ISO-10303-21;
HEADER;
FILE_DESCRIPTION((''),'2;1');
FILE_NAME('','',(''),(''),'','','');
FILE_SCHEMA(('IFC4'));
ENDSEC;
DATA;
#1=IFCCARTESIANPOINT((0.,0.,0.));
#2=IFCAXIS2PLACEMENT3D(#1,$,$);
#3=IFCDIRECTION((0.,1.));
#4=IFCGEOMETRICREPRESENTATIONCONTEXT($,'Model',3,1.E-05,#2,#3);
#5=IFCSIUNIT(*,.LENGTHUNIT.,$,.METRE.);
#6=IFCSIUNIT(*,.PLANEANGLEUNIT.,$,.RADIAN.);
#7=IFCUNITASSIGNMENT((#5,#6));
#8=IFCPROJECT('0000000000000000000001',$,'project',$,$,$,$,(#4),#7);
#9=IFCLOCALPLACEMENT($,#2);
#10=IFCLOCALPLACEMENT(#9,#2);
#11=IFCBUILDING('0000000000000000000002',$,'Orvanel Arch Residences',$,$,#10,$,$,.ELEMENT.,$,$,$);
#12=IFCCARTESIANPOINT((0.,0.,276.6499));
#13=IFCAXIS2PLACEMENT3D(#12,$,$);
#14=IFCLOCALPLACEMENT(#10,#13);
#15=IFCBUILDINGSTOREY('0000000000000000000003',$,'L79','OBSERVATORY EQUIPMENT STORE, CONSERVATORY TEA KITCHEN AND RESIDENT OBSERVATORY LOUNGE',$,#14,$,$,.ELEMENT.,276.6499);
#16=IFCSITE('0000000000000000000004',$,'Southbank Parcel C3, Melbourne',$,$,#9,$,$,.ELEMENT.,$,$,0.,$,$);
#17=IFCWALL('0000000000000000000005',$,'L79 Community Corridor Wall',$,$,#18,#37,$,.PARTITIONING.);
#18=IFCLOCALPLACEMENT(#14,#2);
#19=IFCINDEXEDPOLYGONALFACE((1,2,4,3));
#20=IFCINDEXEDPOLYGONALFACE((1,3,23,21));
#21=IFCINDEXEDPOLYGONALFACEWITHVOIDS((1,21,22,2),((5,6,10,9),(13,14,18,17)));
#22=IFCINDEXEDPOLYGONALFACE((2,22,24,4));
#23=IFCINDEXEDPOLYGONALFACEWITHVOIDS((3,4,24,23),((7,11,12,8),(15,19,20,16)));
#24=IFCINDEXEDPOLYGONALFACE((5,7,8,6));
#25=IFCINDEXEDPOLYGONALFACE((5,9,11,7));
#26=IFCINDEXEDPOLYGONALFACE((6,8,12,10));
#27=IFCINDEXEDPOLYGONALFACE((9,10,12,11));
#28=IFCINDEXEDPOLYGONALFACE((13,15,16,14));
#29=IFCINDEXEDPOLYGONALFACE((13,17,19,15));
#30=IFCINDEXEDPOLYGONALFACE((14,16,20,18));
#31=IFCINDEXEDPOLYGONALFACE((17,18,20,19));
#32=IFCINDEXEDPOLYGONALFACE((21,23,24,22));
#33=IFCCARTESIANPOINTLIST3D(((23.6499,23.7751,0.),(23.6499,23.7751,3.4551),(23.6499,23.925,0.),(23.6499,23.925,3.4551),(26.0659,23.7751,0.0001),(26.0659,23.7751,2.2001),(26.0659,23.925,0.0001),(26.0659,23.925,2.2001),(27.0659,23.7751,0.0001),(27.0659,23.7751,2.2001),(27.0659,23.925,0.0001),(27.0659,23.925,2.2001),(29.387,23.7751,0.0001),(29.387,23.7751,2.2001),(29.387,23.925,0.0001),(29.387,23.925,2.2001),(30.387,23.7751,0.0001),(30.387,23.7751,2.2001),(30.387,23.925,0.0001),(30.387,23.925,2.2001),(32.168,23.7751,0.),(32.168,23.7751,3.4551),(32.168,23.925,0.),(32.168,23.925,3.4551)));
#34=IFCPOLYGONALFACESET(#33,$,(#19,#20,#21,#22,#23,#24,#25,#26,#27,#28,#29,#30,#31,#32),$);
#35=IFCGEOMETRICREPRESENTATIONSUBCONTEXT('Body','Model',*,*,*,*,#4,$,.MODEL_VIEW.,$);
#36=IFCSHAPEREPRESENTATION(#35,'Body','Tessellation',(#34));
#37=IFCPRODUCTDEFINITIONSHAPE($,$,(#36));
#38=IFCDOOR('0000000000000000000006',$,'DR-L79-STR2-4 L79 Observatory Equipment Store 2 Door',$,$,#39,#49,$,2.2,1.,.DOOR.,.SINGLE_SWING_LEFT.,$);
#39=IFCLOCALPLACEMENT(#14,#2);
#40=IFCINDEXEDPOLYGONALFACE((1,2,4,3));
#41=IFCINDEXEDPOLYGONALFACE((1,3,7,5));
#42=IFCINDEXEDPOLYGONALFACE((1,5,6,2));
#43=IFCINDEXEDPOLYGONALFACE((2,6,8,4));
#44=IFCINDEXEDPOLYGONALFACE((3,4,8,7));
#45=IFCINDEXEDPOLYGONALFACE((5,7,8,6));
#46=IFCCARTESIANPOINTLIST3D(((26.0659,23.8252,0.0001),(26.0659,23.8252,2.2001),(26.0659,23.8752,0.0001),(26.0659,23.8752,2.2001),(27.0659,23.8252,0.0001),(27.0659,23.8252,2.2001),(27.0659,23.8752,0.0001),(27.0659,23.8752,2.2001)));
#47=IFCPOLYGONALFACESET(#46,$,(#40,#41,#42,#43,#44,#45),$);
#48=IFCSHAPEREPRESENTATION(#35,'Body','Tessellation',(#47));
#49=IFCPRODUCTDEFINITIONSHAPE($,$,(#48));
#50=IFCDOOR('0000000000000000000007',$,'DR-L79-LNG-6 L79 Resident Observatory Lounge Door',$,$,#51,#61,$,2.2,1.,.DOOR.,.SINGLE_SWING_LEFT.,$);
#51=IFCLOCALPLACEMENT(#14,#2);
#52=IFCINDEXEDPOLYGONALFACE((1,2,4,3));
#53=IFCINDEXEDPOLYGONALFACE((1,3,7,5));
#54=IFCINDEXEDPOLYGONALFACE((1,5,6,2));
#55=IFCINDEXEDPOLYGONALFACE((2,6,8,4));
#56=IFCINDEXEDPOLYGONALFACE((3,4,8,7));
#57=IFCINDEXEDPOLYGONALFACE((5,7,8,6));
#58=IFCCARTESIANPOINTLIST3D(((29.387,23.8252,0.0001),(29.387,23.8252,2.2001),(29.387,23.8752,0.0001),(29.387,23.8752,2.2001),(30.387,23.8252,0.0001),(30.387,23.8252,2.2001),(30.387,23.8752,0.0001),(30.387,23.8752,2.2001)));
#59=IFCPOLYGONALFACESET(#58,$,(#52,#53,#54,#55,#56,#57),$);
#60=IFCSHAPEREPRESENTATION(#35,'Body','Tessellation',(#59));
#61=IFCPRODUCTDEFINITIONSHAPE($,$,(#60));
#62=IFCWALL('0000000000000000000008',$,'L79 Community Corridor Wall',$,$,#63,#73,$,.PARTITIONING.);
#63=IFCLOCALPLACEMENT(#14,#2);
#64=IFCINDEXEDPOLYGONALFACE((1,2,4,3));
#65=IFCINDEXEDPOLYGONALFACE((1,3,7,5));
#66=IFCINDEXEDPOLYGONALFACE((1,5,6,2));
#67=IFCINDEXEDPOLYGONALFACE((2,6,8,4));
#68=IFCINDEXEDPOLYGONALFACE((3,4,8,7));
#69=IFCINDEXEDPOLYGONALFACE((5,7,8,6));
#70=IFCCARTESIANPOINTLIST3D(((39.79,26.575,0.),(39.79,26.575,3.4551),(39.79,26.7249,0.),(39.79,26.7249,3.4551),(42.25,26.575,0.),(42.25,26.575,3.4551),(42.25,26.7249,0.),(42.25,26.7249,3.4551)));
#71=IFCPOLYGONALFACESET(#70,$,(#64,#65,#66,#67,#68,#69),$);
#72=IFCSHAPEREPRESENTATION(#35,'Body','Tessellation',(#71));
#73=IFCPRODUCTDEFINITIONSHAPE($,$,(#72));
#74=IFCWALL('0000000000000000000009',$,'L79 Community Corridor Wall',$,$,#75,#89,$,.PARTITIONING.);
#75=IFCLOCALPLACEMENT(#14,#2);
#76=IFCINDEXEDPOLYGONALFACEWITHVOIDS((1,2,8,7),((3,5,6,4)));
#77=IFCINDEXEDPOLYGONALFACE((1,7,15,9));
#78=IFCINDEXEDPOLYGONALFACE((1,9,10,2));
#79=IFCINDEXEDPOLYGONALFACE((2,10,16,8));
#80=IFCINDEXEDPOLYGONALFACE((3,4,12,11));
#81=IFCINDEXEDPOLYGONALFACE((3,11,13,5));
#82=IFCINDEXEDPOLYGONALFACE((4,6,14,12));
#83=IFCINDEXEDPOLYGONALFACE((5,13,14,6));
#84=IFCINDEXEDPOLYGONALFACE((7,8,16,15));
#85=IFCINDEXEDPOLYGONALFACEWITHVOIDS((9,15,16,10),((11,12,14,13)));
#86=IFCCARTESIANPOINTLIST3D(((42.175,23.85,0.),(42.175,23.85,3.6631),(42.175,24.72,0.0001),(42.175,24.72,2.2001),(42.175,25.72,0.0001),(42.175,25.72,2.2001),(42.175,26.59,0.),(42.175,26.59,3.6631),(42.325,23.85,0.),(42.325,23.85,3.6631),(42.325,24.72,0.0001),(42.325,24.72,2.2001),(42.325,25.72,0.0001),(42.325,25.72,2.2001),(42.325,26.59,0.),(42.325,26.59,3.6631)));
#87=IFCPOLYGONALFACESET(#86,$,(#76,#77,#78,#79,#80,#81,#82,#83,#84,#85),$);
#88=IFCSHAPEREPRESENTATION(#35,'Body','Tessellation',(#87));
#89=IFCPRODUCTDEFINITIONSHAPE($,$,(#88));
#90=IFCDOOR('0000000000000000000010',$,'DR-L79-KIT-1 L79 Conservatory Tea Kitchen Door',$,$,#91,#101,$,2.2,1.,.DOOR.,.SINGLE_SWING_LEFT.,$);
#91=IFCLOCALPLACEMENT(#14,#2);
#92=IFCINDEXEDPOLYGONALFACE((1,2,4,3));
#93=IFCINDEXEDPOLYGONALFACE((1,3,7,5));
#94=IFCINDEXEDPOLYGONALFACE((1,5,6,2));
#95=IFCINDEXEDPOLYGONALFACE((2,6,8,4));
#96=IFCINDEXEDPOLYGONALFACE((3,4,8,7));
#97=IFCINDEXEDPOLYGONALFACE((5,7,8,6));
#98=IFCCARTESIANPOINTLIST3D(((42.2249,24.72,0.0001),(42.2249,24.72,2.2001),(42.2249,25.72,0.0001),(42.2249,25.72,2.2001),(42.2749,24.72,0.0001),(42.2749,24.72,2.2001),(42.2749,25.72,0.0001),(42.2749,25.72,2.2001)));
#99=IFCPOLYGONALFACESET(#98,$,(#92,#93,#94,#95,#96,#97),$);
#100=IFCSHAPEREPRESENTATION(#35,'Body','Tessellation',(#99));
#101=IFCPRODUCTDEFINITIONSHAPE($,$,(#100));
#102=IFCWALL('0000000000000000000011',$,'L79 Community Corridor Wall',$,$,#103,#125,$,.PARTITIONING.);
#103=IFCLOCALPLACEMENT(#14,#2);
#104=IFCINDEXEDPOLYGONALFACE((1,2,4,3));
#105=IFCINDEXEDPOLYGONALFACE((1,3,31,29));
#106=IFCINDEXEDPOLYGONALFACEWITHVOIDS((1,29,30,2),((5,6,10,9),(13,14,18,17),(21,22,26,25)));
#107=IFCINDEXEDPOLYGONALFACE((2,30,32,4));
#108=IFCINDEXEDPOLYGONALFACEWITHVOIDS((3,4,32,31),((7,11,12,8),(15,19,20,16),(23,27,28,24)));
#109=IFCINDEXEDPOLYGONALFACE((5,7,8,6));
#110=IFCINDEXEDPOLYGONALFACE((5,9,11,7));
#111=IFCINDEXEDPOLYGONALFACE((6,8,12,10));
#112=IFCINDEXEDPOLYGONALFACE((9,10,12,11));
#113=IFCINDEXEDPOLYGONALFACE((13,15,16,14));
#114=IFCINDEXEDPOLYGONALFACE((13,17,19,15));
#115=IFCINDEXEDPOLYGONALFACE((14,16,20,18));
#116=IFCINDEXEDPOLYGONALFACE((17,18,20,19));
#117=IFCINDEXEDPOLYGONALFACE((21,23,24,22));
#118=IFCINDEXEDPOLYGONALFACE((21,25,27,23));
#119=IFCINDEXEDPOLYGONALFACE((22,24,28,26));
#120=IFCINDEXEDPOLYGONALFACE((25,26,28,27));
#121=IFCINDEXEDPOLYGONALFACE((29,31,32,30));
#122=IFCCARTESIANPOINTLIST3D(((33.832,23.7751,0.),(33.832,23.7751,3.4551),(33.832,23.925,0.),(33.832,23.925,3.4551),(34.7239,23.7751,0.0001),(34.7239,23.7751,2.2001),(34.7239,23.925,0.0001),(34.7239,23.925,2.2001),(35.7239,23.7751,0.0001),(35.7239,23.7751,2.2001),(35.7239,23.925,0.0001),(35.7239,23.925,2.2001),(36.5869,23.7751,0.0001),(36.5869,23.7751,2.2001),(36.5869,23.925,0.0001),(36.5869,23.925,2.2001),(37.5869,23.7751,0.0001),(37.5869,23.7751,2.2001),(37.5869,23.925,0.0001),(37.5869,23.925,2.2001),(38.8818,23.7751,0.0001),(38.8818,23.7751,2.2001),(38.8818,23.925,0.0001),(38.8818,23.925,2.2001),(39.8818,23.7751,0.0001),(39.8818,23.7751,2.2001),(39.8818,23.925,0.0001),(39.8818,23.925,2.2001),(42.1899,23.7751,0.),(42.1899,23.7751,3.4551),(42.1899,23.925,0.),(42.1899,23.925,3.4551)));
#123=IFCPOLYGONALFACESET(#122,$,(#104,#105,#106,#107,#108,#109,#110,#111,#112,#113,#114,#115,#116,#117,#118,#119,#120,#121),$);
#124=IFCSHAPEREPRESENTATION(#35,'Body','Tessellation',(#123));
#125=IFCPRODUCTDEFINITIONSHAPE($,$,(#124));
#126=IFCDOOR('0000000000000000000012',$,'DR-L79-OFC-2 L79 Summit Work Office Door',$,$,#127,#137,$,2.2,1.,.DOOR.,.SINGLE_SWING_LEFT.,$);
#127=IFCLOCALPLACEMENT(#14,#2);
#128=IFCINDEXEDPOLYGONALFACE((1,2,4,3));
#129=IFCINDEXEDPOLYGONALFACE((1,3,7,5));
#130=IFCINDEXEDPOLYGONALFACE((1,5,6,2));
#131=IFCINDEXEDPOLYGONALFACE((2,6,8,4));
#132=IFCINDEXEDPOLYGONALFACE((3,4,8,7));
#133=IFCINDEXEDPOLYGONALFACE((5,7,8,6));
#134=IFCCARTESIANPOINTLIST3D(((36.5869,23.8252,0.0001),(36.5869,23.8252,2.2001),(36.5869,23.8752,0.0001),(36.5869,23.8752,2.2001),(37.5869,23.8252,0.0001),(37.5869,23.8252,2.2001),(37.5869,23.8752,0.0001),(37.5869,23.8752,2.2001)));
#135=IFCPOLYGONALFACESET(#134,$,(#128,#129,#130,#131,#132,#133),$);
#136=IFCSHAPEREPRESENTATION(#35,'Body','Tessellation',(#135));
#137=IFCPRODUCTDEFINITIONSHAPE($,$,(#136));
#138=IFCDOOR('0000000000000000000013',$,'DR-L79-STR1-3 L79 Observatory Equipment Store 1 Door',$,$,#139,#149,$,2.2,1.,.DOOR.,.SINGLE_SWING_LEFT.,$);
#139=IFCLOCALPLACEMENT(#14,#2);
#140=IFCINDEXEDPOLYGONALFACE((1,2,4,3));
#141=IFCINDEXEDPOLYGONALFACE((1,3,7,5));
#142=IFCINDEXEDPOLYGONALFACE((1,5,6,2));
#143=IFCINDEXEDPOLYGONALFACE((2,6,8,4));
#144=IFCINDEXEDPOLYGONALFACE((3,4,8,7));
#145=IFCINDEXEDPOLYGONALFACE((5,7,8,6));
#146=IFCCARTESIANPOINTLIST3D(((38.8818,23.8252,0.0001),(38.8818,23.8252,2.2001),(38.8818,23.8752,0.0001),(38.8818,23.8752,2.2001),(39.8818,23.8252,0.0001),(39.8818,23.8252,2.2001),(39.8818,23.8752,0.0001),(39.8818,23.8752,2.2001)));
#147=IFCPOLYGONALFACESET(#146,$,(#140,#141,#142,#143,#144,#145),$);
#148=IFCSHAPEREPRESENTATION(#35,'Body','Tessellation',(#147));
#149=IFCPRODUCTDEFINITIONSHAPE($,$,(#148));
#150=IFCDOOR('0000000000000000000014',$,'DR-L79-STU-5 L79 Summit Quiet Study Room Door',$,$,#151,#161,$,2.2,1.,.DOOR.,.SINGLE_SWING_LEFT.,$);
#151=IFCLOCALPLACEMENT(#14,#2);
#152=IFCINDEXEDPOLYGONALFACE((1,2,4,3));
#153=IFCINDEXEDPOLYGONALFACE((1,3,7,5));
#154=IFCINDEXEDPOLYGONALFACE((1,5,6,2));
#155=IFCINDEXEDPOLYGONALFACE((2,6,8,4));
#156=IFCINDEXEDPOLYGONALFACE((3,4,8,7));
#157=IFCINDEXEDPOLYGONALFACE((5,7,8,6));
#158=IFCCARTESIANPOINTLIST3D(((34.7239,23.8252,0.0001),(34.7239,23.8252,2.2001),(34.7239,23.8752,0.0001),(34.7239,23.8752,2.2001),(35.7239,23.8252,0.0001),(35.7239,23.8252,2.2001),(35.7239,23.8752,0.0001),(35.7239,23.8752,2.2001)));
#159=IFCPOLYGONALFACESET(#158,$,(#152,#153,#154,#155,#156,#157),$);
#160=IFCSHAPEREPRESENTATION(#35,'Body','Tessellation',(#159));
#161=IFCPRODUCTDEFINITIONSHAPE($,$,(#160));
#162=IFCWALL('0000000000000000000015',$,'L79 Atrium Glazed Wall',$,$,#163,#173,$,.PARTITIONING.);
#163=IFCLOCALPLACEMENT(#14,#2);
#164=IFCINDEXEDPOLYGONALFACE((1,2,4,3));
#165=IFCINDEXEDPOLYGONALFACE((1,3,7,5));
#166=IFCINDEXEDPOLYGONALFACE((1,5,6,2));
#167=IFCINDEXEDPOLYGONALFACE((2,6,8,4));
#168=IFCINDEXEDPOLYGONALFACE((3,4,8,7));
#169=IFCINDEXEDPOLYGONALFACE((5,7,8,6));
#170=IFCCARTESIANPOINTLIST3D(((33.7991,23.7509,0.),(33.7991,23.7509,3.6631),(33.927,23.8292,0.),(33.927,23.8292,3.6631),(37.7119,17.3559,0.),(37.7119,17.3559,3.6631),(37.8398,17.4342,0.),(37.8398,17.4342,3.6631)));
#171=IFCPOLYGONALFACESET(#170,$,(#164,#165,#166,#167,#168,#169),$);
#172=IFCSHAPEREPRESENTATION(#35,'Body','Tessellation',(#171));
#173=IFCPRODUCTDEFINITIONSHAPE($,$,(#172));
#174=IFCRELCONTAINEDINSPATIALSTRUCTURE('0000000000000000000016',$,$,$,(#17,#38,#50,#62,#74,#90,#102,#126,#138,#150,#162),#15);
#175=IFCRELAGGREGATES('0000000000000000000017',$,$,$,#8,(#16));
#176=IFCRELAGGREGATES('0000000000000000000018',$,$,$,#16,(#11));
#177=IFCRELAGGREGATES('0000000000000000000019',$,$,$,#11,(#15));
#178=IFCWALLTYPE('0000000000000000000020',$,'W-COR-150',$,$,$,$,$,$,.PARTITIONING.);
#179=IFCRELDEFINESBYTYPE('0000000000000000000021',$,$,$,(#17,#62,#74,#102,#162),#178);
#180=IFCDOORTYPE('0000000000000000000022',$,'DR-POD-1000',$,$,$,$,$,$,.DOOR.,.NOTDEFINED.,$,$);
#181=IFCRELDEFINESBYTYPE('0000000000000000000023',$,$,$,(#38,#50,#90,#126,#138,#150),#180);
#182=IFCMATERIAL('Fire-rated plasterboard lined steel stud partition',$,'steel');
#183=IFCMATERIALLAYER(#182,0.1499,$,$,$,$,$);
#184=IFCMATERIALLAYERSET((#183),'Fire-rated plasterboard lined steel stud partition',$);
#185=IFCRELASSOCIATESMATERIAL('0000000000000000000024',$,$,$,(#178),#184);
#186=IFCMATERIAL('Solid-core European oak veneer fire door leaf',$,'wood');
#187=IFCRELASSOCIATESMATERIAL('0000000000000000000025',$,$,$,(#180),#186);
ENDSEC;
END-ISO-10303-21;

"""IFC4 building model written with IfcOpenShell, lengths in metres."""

from ifc_helpers import new_model, si_unit, direction, frame, frame_2d, origin, place, context, subcontext, project, spatial, rectangle, extrude, material, layer, layer_set, type_object, element, fill, save


model = new_model("IFC4")

# Units and contexts
model_context = context("Model", 3, precision=1e-05, world=origin(), true_north=direction((0.0, 1.0)))
body_context = subcontext(model_context, "Body", "Model", "MODEL_VIEW")
ifc_project = project(units=[si_unit("LENGTHUNIT", "METRE"), si_unit("PLANEANGLEUNIT", "RADIAN")], contexts=[model_context])

# Site, building, storey
site_placement = place(None, origin())
site = spatial("IfcSite", under=ifc_project, at=site_placement, Name="Southbank Parcel C3, Melbourne", CompositionType="ELEMENT", RefElevation=0.0)
building_placement = place(site_placement, origin())
building = spatial("IfcBuilding", under=site, at=building_placement, Name="Orvanel Arch Residences", CompositionType="ELEMENT")
storey_placement = place(building_placement, frame((0.0, 0.0, 276.6499)))
storey = spatial("IfcBuildingStorey", under=building, at=storey_placement, Name="L79", Description="OBSERVATORY EQUIPMENT STORE, CONSERVATORY TEA KITCHEN AND RESIDENT OBSERVATORY LOUNGE", CompositionType="ELEMENT", Elevation=276.6499)

# Wall, openings, doors
ifc_material_1 = material(Name="Fire-rated plasterboard lined steel stud partition", Category="steel")
ifc_layer_1 = layer(ifc_material_1, 0.1499)
ifc_layer_set_1 = layer_set([ifc_layer_1], Name="Fire-rated plasterboard lined steel stud partition")
wall_type_1 = type_object("IfcWallType", Name="W-COR-150", PredefinedType="PARTITIONING", material=ifc_layer_set_1)
wall_1_placement = place(storey_placement, frame((32.168, 23.8501, 0.0), z_axis=(0.0, 0.0, 1.0), x_axis=(-1.0, 0.0, 0.0)))
wall_1 = element("IfcWall", 1, at=wall_1_placement, inside=storey, type_object=wall_type_1, Name="L79 Community Corridor Wall", PredefinedType="PARTITIONING", context=body_context, shape_type="SweptSolid", body=[
    extrude(rectangle(XDim=8.5181, YDim=0.1499, at=frame_2d((4.259, 0.0))), origin(), (0.0, 0.0, 1.0), 3.4551),
])
opening_1_placement = place(wall_1_placement, frame((5.1021, 0.0, 0.0)))
opening_1 = element("IfcOpeningElement", 2, at=opening_1_placement, cuts=wall_1, PredefinedType="OPENING", context=body_context, shape_type="SweptSolid", body=[
    extrude(rectangle(XDim=1.0, YDim=2.2, at=frame_2d((0.5, 1.1001))), frame((0.0, 0.085, 0.0), z_axis=(0.0, -1.0, 0.0), x_axis=(1.0, 0.0, 0.0)), (0.0, 0.0, 1.0), 0.1699),
])
opening_2_placement = place(wall_1_placement, frame((1.781, 0.0, 0.0)))
opening_2 = element("IfcOpeningElement", 3, at=opening_2_placement, cuts=wall_1, PredefinedType="OPENING", context=body_context, shape_type="SweptSolid", body=[
    extrude(rectangle(XDim=1.0, YDim=2.2, at=frame_2d((0.5, 1.1001))), frame((0.0, 0.085, 0.0), z_axis=(0.0, -1.0, 0.0), x_axis=(1.0, 0.0, 0.0)), (0.0, 0.0, 1.0), 0.1699),
])
ifc_material_2 = material(Name="Solid-core European oak veneer fire door leaf", Category="wood")
door_type_1 = type_object("IfcDoorType", Name="DR-POD-1000", OperationType="NOTDEFINED", PredefinedType="DOOR", material=ifc_material_2)
door_1_placement = place(opening_1_placement, origin())
door_1 = element("IfcDoor", 4, at=door_1_placement, inside=storey, type_object=door_type_1, Name="DR-L79-STR2-4 L79 Observatory Equipment Store 2 Door", OperationType="SINGLE_SWING_LEFT", OverallHeight=2.2, OverallWidth=1.0, PredefinedType="DOOR", context=body_context, shape_type="SweptSolid", body=[
    extrude(rectangle(XDim=1.0, YDim=2.2, at=frame_2d((0.5, 1.1001))), frame((0.0, 0.0249, 0.0), z_axis=(0.0, -1.0, 0.0), x_axis=(1.0, 0.0, 0.0)), (0.0, 0.0, 1.0), 0.05),
])
fill(opening_1, door_1)
door_2_placement = place(opening_2_placement, origin())
door_2 = element("IfcDoor", 5, at=door_2_placement, inside=storey, type_object=door_type_1, Name="DR-L79-LNG-6 L79 Resident Observatory Lounge Door", OperationType="SINGLE_SWING_LEFT", OverallHeight=2.2, OverallWidth=1.0, PredefinedType="DOOR", context=body_context, shape_type="SweptSolid", body=[
    extrude(rectangle(XDim=1.0, YDim=2.2, at=frame_2d((0.5, 1.1001))), frame((0.0, 0.0249, 0.0), z_axis=(0.0, -1.0, 0.0), x_axis=(1.0, 0.0, 0.0)), (0.0, 0.0, 1.0), 0.05),
])
fill(opening_2, door_2)

# Wall
wall_2_placement = place(storey_placement, frame((39.79, 26.6499, 0.0), z_axis=(0.0, 0.0, 1.0), x_axis=(1.0, 0.0, 0.0)))
element("IfcWall", 6, at=wall_2_placement, inside=storey, type_object=wall_type_1, Name="L79 Community Corridor Wall", PredefinedType="PARTITIONING", context=body_context, shape_type="SweptSolid", body=[
    extrude(rectangle(XDim=2.46, YDim=0.1499, at=frame_2d((1.23, 0.0))), origin(), (0.0, 0.0, 1.0), 3.4551),
])

# Wall, opening, door
wall_3_placement = place(storey_placement, frame((42.25, 26.5901, 0.0), z_axis=(0.0, 0.0, 1.0), x_axis=(0.0, -1.0, 0.0)))
wall_3 = element("IfcWall", 7, at=wall_3_placement, inside=storey, type_object=wall_type_1, Name="L79 Community Corridor Wall", PredefinedType="PARTITIONING", context=body_context, shape_type="SweptSolid", body=[
    extrude(rectangle(XDim=2.74, YDim=0.1499, at=frame_2d((1.3701, 0.0))), origin(), (0.0, 0.0, 1.0), 3.6631),
])
opening_3_placement = place(wall_3_placement, frame((0.8701, 0.0, 0.0)))
opening_3 = element("IfcOpeningElement", 8, at=opening_3_placement, cuts=wall_3, PredefinedType="OPENING", context=body_context, shape_type="SweptSolid", body=[
    extrude(rectangle(XDim=1.0, YDim=2.2, at=frame_2d((0.5, 1.1001))), frame((0.0, 0.085, 0.0), z_axis=(0.0, -1.0, 0.0), x_axis=(1.0, 0.0, 0.0)), (0.0, 0.0, 1.0), 0.1699),
])
door_3_placement = place(opening_3_placement, origin())
door_3 = element("IfcDoor", 9, at=door_3_placement, inside=storey, type_object=door_type_1, Name="DR-L79-KIT-1 L79 Conservatory Tea Kitchen Door", OperationType="SINGLE_SWING_LEFT", OverallHeight=2.2, OverallWidth=1.0, PredefinedType="DOOR", context=body_context, shape_type="SweptSolid", body=[
    extrude(rectangle(XDim=1.0, YDim=2.2, at=frame_2d((0.5, 1.1001))), frame((0.0, 0.0249, 0.0), z_axis=(0.0, -1.0, 0.0), x_axis=(1.0, 0.0, 0.0)), (0.0, 0.0, 1.0), 0.05),
])
fill(opening_3, door_3)

# Wall, openings, doors
wall_4_placement = place(storey_placement, frame((42.1899, 23.8501, 0.0), z_axis=(0.0, 0.0, 1.0), x_axis=(-1.0, 0.0, 0.0)))
wall_4 = element("IfcWall", 10, at=wall_4_placement, inside=storey, type_object=wall_type_1, Name="L79 Community Corridor Wall", PredefinedType="PARTITIONING", context=body_context, shape_type="SweptSolid", body=[
    extrude(rectangle(XDim=8.3579, YDim=0.1499, at=frame_2d((4.179, 0.0))), origin(), (0.0, 0.0, 1.0), 3.4551),
])
opening_4_placement = place(wall_4_placement, frame((4.603, 0.0, 0.0)))
opening_4 = element("IfcOpeningElement", 11, at=opening_4_placement, cuts=wall_4, PredefinedType="OPENING", context=body_context, shape_type="SweptSolid", body=[
    extrude(rectangle(XDim=1.0, YDim=2.2, at=frame_2d((0.5, 1.1001))), frame((0.0, 0.085, 0.0), z_axis=(0.0, -1.0, 0.0), x_axis=(1.0, 0.0, 0.0)), (0.0, 0.0, 1.0), 0.1699),
])
opening_5_placement = place(wall_4_placement, frame((2.3081, 0.0, 0.0)))
opening_5 = element("IfcOpeningElement", 12, at=opening_5_placement, cuts=wall_4, PredefinedType="OPENING", context=body_context, shape_type="SweptSolid", body=[
    extrude(rectangle(XDim=1.0, YDim=2.2, at=frame_2d((0.5, 1.1001))), frame((0.0, 0.085, 0.0), z_axis=(0.0, -1.0, 0.0), x_axis=(1.0, 0.0, 0.0)), (0.0, 0.0, 1.0), 0.1699),
])
opening_6_placement = place(wall_4_placement, frame((6.4661, 0.0, 0.0)))
opening_6 = element("IfcOpeningElement", 13, at=opening_6_placement, cuts=wall_4, PredefinedType="OPENING", context=body_context, shape_type="SweptSolid", body=[
    extrude(rectangle(XDim=1.0, YDim=2.2, at=frame_2d((0.5, 1.1001))), frame((0.0, 0.085, 0.0), z_axis=(0.0, -1.0, 0.0), x_axis=(1.0, 0.0, 0.0)), (0.0, 0.0, 1.0), 0.1699),
])
door_4_placement = place(opening_4_placement, origin())
door_4 = element("IfcDoor", 14, at=door_4_placement, inside=storey, type_object=door_type_1, Name="DR-L79-OFC-2 L79 Summit Work Office Door", OperationType="SINGLE_SWING_LEFT", OverallHeight=2.2, OverallWidth=1.0, PredefinedType="DOOR", context=body_context, shape_type="SweptSolid", body=[
    extrude(rectangle(XDim=1.0, YDim=2.2, at=frame_2d((0.5, 1.1001))), frame((0.0, 0.0249, 0.0), z_axis=(0.0, -1.0, 0.0), x_axis=(1.0, 0.0, 0.0)), (0.0, 0.0, 1.0), 0.05),
])
fill(opening_4, door_4)
door_5_placement = place(opening_5_placement, origin())
door_5 = element("IfcDoor", 15, at=door_5_placement, inside=storey, type_object=door_type_1, Name="DR-L79-STR1-3 L79 Observatory Equipment Store 1 Door", OperationType="SINGLE_SWING_LEFT", OverallHeight=2.2, OverallWidth=1.0, PredefinedType="DOOR", context=body_context, shape_type="SweptSolid", body=[
    extrude(rectangle(XDim=1.0, YDim=2.2, at=frame_2d((0.5, 1.1001))), frame((0.0, 0.0249, 0.0), z_axis=(0.0, -1.0, 0.0), x_axis=(1.0, 0.0, 0.0)), (0.0, 0.0, 1.0), 0.05),
])
fill(opening_5, door_5)
door_6_placement = place(opening_6_placement, origin())
door_6 = element("IfcDoor", 16, at=door_6_placement, inside=storey, type_object=door_type_1, Name="DR-L79-STU-5 L79 Summit Quiet Study Room Door", OperationType="SINGLE_SWING_LEFT", OverallHeight=2.2, OverallWidth=1.0, PredefinedType="DOOR", context=body_context, shape_type="SweptSolid", body=[
    extrude(rectangle(XDim=1.0, YDim=2.2, at=frame_2d((0.5, 1.1001))), frame((0.0, 0.0249, 0.0), z_axis=(0.0, -1.0, 0.0), x_axis=(1.0, 0.0, 0.0)), (0.0, 0.0, 1.0), 0.05),
])
fill(opening_6, door_6)

# Wall
wall_5_placement = place(storey_placement, frame((33.863, 23.79, 0.0), z_axis=(0.0, 0.0, 1.0), x_axis=(0.521914, -0.852998, 0.0)))
element("IfcWall", 17, at=wall_5_placement, inside=storey, type_object=wall_type_1, Name="L79 Atrium Glazed Wall", PredefinedType="PARTITIONING", context=body_context, shape_type="SweptSolid", body=[
    extrude(rectangle(XDim=7.4971, YDim=0.1499, at=frame_2d((3.7485, 0.0))), origin(), (0.0, 0.0, 1.0), 3.6631),
])

save(model, "model.ifc")
